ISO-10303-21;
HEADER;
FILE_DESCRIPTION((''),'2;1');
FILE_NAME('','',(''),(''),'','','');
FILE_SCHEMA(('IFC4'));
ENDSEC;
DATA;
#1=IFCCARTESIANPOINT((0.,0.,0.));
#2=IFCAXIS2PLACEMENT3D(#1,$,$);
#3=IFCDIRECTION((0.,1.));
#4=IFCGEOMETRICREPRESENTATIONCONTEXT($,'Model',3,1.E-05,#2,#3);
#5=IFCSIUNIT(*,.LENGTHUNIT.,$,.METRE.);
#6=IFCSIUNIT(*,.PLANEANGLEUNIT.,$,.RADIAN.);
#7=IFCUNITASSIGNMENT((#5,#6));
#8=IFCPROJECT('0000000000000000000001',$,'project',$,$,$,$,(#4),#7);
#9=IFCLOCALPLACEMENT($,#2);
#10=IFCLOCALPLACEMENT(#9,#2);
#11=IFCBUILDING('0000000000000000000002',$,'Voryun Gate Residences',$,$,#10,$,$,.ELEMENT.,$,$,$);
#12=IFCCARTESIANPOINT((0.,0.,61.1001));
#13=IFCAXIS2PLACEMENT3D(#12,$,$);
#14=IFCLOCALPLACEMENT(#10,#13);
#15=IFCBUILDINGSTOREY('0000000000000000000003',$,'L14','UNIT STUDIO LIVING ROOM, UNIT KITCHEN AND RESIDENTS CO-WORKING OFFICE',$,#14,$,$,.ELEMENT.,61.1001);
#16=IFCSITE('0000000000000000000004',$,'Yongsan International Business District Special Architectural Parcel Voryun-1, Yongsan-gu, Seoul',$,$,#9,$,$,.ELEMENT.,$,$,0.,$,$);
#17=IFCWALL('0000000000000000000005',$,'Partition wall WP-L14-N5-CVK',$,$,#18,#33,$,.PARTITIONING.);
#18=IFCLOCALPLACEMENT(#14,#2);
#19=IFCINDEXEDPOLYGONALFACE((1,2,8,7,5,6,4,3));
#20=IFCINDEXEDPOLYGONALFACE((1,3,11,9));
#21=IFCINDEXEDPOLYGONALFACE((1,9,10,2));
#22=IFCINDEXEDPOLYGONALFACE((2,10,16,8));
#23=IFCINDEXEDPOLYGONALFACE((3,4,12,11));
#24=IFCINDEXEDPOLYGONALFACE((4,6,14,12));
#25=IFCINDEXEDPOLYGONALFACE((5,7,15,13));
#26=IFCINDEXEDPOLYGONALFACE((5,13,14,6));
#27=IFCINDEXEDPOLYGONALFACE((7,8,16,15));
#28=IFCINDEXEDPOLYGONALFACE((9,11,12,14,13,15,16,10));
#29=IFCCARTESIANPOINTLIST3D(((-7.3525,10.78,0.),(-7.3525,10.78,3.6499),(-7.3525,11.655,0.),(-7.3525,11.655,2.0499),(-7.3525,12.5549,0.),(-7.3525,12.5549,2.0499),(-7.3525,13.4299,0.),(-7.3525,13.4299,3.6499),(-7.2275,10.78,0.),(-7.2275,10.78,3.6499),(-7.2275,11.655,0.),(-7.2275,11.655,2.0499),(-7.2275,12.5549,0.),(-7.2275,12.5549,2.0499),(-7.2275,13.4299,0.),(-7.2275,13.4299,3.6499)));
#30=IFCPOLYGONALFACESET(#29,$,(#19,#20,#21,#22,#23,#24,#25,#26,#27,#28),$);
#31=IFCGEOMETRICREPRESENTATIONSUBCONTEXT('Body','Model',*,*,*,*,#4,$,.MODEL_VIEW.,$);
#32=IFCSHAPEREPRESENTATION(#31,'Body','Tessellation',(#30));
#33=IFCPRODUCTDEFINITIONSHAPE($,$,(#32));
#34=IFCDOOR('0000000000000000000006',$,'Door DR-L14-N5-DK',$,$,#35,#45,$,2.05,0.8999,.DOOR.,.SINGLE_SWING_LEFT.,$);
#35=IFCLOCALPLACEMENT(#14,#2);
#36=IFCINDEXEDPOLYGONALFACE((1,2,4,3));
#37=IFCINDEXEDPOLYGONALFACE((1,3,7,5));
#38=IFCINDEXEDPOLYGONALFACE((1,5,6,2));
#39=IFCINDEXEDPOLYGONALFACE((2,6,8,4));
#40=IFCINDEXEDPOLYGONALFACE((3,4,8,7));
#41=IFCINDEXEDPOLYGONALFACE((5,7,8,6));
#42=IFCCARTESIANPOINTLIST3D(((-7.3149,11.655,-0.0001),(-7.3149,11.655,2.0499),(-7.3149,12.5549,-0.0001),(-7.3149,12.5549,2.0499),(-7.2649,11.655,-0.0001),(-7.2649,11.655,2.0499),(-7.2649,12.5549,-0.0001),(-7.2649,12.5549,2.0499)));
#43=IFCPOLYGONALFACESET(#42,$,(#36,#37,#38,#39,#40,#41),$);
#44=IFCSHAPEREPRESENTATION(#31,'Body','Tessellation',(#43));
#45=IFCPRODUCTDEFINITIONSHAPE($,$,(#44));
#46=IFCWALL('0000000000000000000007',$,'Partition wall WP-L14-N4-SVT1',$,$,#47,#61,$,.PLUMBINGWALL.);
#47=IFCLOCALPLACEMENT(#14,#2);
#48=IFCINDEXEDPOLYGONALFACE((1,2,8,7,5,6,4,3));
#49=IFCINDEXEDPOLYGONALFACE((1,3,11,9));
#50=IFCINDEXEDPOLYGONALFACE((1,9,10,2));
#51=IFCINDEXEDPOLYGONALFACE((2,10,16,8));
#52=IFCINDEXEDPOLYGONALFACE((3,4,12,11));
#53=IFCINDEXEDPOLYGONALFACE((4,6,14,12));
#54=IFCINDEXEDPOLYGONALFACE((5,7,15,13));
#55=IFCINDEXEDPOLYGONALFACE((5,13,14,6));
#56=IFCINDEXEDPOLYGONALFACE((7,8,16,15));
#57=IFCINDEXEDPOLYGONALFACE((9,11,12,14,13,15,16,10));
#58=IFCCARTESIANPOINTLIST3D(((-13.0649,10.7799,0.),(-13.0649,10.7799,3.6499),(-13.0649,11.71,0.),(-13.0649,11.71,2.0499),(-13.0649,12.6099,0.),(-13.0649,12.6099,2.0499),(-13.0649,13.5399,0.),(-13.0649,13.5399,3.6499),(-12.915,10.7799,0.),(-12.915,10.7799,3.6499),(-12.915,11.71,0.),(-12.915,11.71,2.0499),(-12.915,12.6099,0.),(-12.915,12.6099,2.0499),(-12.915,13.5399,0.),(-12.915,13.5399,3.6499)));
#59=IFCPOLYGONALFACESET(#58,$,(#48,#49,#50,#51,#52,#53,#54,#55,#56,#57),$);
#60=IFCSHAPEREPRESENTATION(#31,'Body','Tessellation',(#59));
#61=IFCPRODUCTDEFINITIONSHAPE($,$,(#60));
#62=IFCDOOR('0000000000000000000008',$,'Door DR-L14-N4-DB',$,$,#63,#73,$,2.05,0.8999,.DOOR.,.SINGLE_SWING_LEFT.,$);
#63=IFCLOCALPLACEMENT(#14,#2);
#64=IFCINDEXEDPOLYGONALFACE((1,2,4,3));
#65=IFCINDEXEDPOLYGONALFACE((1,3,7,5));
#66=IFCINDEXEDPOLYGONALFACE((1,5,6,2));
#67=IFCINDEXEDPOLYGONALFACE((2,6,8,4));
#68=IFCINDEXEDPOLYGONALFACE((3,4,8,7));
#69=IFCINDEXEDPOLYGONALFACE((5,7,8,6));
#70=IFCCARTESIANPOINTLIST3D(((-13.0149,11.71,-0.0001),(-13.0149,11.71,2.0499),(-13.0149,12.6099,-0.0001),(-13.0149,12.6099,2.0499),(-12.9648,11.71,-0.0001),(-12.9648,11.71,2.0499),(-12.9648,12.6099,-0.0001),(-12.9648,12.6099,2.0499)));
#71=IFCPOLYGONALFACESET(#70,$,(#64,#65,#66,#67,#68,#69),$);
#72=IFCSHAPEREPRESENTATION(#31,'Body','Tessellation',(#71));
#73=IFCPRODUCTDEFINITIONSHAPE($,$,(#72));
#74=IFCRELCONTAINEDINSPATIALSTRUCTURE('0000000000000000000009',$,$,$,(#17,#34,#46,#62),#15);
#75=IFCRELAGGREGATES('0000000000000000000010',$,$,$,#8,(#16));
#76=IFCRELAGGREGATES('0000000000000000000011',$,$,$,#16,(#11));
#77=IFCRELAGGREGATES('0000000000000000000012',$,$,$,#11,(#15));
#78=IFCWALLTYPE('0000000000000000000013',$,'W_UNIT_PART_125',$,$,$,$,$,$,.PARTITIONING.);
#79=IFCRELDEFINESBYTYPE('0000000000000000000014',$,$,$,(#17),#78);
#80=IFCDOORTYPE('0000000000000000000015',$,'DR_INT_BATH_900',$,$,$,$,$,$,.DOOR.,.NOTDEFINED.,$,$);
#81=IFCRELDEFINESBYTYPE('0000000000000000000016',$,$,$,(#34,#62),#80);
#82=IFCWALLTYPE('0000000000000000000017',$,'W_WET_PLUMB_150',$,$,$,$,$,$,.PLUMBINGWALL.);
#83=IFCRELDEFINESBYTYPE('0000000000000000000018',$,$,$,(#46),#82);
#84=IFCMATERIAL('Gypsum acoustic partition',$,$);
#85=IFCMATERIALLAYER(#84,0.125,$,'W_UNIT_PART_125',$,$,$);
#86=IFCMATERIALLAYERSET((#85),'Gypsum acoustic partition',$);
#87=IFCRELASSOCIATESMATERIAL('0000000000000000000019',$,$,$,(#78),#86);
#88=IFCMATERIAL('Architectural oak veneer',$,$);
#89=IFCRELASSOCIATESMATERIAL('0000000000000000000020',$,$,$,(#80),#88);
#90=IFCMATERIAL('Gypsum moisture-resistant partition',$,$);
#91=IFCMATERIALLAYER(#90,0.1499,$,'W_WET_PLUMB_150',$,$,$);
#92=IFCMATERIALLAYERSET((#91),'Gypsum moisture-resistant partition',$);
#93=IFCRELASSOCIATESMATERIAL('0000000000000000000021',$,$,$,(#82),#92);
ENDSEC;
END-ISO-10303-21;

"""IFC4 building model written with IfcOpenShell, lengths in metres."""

from ifc_helpers import new_model, si_unit, direction, frame, frame_2d, origin, place, context, subcontext, project, spatial, rectangle, extrude, material, layer, layer_set, type_object, element, fill, save


model = new_model("IFC4")

# Units and contexts
model_context = context("Model", 3, precision=1e-05, world=origin(), true_north=direction((0.0, 1.0)))
body_context = subcontext(model_context, "Body", "Model", "MODEL_VIEW")
ifc_project = project(units=[si_unit("LENGTHUNIT", "METRE"), si_unit("PLANEANGLEUNIT", "RADIAN")], contexts=[model_context])

# Site, building, storey
site_placement = place(None, origin())
site = spatial("IfcSite", under=ifc_project, at=site_placement, Name="Yongsan International Business District Special Architectural Parcel Voryun-1, Yongsan-gu, Seoul", CompositionType="ELEMENT", RefElevation=0.0)
building_placement = place(site_placement, origin())
building = spatial("IfcBuilding", under=site, at=building_placement, Name="Voryun Gate Residences", CompositionType="ELEMENT")
storey_placement = place(building_placement, frame((0.0, 0.0, 61.1001)))
storey = spatial("IfcBuildingStorey", under=building, at=storey_placement, Name="L14", Description="UNIT STUDIO LIVING ROOM, UNIT KITCHEN AND RESIDENTS CO-WORKING OFFICE", CompositionType="ELEMENT", Elevation=61.1001)

# Walls, openings, doors
ifc_material_1 = material(Name="Gypsum acoustic partition")
ifc_layer_1 = layer(ifc_material_1, 0.125, Name="W_UNIT_PART_125")
ifc_layer_set_1 = layer_set([ifc_layer_1], Name="Gypsum acoustic partition")
wall_type_1 = type_object("IfcWallType", Name="W_UNIT_PART_125", PredefinedType="PARTITIONING", material=ifc_layer_set_1)
wall_1_placement = place(storey_placement, frame((-7.29, 10.78, 0.0), z_axis=(0.0, 0.0, 1.0), x_axis=(0.0, 1.0, 0.0)))
wall_1 = element("IfcWall", 1, at=wall_1_placement, inside=storey, type_object=wall_type_1, Name="Partition wall WP-L14-N5-CVK", PredefinedType="PARTITIONING", context=body_context, shape_type="SweptSolid", body=[
    extrude(rectangle(XDim=2.6499, YDim=0.125, at=frame_2d((1.325, 0.0))), origin(), (0.0, 0.0, 1.0), 3.6499),
])
opening_1_placement = place(wall_1_placement, frame((0.875, 0.0, 0.0)))
opening_1 = element("IfcOpeningElement", 2, at=opening_1_placement, cuts=wall_1, PredefinedType="OPENING", context=body_context, shape_type="SweptSolid", body=[
    extrude(rectangle(XDim=0.8999, YDim=2.05, at=frame_2d((0.45, 1.0249))), frame((0.0, 0.0725, 0.0), z_axis=(0.0, -1.0, 0.0), x_axis=(1.0, 0.0, 0.0)), (0.0, 0.0, 1.0), 0.145),
])
ifc_material_2 = material(Name="Architectural oak veneer")
door_type_1 = type_object("IfcDoorType", Name="DR_INT_BATH_900", OperationType="NOTDEFINED", PredefinedType="DOOR", material=ifc_material_2)
door_1_placement = place(opening_1_placement, origin())
door_1 = element("IfcDoor", 3, at=door_1_placement, inside=storey, type_object=door_type_1, Name="Door DR-L14-N5-DK", OperationType="SINGLE_SWING_LEFT", OverallHeight=2.05, OverallWidth=0.8999, PredefinedType="DOOR", context=body_context, shape_type="SweptSolid", body=[
    extrude(rectangle(XDim=0.8999, YDim=2.05, at=frame_2d((0.45, 1.0249))), frame((0.0, 0.0249, 0.0), z_axis=(0.0, -1.0, 0.0), x_axis=(1.0, 0.0, 0.0)), (0.0, 0.0, 1.0), 0.05),
])
fill(opening_1, door_1)
ifc_material_3 = material(Name="Gypsum moisture-resistant partition")
ifc_layer_2 = layer(ifc_material_3, 0.1499, Name="W_WET_PLUMB_150")
ifc_layer_set_2 = layer_set([ifc_layer_2], Name="Gypsum moisture-resistant partition")
wall_type_2 = type_object("IfcWallType", Name="W_WET_PLUMB_150", PredefinedType="PLUMBINGWALL", material=ifc_layer_set_2)
wall_2_placement = place(storey_placement, frame((-12.99, 10.78, 0.0), z_axis=(0.0, 0.0, 1.0), x_axis=(0.0, 1.0, 0.0)))
wall_2 = element("IfcWall", 4, at=wall_2_placement, inside=storey, type_object=wall_type_2, Name="Partition wall WP-L14-N4-SVT1", PredefinedType="PLUMBINGWALL", context=body_context, shape_type="SweptSolid", body=[
    extrude(rectangle(XDim=2.76, YDim=0.1499, at=frame_2d((1.3799, 0.0))), origin(), (0.0, 0.0, 1.0), 3.6499),
])
opening_2_placement = place(wall_2_placement, frame((0.9299, 0.0, 0.0)))
opening_2 = element("IfcOpeningElement", 5, at=opening_2_placement, cuts=wall_2, PredefinedType="OPENING", context=body_context, shape_type="SweptSolid", body=[
    extrude(rectangle(XDim=0.8999, YDim=2.05, at=frame_2d((0.45, 1.0249))), frame((0.0, 0.085, 0.0), z_axis=(0.0, -1.0, 0.0), x_axis=(1.0, 0.0, 0.0)), (0.0, 0.0, 1.0), 0.1699),
])
door_2_placement = place(opening_2_placement, origin())
door_2 = element("IfcDoor", 6, at=door_2_placement, inside=storey, type_object=door_type_1, Name="Door DR-L14-N4-DB", OperationType="SINGLE_SWING_LEFT", OverallHeight=2.05, OverallWidth=0.8999, PredefinedType="DOOR", context=body_context, shape_type="SweptSolid", body=[
    extrude(rectangle(XDim=0.8999, YDim=2.05, at=frame_2d((0.45, 1.0249))), frame((0.0, 0.0249, 0.0), z_axis=(0.0, -1.0, 0.0), x_axis=(1.0, 0.0, 0.0)), (0.0, 0.0, 1.0), 0.05),
])
fill(opening_2, door_2)

save(model, "model.ifc")
